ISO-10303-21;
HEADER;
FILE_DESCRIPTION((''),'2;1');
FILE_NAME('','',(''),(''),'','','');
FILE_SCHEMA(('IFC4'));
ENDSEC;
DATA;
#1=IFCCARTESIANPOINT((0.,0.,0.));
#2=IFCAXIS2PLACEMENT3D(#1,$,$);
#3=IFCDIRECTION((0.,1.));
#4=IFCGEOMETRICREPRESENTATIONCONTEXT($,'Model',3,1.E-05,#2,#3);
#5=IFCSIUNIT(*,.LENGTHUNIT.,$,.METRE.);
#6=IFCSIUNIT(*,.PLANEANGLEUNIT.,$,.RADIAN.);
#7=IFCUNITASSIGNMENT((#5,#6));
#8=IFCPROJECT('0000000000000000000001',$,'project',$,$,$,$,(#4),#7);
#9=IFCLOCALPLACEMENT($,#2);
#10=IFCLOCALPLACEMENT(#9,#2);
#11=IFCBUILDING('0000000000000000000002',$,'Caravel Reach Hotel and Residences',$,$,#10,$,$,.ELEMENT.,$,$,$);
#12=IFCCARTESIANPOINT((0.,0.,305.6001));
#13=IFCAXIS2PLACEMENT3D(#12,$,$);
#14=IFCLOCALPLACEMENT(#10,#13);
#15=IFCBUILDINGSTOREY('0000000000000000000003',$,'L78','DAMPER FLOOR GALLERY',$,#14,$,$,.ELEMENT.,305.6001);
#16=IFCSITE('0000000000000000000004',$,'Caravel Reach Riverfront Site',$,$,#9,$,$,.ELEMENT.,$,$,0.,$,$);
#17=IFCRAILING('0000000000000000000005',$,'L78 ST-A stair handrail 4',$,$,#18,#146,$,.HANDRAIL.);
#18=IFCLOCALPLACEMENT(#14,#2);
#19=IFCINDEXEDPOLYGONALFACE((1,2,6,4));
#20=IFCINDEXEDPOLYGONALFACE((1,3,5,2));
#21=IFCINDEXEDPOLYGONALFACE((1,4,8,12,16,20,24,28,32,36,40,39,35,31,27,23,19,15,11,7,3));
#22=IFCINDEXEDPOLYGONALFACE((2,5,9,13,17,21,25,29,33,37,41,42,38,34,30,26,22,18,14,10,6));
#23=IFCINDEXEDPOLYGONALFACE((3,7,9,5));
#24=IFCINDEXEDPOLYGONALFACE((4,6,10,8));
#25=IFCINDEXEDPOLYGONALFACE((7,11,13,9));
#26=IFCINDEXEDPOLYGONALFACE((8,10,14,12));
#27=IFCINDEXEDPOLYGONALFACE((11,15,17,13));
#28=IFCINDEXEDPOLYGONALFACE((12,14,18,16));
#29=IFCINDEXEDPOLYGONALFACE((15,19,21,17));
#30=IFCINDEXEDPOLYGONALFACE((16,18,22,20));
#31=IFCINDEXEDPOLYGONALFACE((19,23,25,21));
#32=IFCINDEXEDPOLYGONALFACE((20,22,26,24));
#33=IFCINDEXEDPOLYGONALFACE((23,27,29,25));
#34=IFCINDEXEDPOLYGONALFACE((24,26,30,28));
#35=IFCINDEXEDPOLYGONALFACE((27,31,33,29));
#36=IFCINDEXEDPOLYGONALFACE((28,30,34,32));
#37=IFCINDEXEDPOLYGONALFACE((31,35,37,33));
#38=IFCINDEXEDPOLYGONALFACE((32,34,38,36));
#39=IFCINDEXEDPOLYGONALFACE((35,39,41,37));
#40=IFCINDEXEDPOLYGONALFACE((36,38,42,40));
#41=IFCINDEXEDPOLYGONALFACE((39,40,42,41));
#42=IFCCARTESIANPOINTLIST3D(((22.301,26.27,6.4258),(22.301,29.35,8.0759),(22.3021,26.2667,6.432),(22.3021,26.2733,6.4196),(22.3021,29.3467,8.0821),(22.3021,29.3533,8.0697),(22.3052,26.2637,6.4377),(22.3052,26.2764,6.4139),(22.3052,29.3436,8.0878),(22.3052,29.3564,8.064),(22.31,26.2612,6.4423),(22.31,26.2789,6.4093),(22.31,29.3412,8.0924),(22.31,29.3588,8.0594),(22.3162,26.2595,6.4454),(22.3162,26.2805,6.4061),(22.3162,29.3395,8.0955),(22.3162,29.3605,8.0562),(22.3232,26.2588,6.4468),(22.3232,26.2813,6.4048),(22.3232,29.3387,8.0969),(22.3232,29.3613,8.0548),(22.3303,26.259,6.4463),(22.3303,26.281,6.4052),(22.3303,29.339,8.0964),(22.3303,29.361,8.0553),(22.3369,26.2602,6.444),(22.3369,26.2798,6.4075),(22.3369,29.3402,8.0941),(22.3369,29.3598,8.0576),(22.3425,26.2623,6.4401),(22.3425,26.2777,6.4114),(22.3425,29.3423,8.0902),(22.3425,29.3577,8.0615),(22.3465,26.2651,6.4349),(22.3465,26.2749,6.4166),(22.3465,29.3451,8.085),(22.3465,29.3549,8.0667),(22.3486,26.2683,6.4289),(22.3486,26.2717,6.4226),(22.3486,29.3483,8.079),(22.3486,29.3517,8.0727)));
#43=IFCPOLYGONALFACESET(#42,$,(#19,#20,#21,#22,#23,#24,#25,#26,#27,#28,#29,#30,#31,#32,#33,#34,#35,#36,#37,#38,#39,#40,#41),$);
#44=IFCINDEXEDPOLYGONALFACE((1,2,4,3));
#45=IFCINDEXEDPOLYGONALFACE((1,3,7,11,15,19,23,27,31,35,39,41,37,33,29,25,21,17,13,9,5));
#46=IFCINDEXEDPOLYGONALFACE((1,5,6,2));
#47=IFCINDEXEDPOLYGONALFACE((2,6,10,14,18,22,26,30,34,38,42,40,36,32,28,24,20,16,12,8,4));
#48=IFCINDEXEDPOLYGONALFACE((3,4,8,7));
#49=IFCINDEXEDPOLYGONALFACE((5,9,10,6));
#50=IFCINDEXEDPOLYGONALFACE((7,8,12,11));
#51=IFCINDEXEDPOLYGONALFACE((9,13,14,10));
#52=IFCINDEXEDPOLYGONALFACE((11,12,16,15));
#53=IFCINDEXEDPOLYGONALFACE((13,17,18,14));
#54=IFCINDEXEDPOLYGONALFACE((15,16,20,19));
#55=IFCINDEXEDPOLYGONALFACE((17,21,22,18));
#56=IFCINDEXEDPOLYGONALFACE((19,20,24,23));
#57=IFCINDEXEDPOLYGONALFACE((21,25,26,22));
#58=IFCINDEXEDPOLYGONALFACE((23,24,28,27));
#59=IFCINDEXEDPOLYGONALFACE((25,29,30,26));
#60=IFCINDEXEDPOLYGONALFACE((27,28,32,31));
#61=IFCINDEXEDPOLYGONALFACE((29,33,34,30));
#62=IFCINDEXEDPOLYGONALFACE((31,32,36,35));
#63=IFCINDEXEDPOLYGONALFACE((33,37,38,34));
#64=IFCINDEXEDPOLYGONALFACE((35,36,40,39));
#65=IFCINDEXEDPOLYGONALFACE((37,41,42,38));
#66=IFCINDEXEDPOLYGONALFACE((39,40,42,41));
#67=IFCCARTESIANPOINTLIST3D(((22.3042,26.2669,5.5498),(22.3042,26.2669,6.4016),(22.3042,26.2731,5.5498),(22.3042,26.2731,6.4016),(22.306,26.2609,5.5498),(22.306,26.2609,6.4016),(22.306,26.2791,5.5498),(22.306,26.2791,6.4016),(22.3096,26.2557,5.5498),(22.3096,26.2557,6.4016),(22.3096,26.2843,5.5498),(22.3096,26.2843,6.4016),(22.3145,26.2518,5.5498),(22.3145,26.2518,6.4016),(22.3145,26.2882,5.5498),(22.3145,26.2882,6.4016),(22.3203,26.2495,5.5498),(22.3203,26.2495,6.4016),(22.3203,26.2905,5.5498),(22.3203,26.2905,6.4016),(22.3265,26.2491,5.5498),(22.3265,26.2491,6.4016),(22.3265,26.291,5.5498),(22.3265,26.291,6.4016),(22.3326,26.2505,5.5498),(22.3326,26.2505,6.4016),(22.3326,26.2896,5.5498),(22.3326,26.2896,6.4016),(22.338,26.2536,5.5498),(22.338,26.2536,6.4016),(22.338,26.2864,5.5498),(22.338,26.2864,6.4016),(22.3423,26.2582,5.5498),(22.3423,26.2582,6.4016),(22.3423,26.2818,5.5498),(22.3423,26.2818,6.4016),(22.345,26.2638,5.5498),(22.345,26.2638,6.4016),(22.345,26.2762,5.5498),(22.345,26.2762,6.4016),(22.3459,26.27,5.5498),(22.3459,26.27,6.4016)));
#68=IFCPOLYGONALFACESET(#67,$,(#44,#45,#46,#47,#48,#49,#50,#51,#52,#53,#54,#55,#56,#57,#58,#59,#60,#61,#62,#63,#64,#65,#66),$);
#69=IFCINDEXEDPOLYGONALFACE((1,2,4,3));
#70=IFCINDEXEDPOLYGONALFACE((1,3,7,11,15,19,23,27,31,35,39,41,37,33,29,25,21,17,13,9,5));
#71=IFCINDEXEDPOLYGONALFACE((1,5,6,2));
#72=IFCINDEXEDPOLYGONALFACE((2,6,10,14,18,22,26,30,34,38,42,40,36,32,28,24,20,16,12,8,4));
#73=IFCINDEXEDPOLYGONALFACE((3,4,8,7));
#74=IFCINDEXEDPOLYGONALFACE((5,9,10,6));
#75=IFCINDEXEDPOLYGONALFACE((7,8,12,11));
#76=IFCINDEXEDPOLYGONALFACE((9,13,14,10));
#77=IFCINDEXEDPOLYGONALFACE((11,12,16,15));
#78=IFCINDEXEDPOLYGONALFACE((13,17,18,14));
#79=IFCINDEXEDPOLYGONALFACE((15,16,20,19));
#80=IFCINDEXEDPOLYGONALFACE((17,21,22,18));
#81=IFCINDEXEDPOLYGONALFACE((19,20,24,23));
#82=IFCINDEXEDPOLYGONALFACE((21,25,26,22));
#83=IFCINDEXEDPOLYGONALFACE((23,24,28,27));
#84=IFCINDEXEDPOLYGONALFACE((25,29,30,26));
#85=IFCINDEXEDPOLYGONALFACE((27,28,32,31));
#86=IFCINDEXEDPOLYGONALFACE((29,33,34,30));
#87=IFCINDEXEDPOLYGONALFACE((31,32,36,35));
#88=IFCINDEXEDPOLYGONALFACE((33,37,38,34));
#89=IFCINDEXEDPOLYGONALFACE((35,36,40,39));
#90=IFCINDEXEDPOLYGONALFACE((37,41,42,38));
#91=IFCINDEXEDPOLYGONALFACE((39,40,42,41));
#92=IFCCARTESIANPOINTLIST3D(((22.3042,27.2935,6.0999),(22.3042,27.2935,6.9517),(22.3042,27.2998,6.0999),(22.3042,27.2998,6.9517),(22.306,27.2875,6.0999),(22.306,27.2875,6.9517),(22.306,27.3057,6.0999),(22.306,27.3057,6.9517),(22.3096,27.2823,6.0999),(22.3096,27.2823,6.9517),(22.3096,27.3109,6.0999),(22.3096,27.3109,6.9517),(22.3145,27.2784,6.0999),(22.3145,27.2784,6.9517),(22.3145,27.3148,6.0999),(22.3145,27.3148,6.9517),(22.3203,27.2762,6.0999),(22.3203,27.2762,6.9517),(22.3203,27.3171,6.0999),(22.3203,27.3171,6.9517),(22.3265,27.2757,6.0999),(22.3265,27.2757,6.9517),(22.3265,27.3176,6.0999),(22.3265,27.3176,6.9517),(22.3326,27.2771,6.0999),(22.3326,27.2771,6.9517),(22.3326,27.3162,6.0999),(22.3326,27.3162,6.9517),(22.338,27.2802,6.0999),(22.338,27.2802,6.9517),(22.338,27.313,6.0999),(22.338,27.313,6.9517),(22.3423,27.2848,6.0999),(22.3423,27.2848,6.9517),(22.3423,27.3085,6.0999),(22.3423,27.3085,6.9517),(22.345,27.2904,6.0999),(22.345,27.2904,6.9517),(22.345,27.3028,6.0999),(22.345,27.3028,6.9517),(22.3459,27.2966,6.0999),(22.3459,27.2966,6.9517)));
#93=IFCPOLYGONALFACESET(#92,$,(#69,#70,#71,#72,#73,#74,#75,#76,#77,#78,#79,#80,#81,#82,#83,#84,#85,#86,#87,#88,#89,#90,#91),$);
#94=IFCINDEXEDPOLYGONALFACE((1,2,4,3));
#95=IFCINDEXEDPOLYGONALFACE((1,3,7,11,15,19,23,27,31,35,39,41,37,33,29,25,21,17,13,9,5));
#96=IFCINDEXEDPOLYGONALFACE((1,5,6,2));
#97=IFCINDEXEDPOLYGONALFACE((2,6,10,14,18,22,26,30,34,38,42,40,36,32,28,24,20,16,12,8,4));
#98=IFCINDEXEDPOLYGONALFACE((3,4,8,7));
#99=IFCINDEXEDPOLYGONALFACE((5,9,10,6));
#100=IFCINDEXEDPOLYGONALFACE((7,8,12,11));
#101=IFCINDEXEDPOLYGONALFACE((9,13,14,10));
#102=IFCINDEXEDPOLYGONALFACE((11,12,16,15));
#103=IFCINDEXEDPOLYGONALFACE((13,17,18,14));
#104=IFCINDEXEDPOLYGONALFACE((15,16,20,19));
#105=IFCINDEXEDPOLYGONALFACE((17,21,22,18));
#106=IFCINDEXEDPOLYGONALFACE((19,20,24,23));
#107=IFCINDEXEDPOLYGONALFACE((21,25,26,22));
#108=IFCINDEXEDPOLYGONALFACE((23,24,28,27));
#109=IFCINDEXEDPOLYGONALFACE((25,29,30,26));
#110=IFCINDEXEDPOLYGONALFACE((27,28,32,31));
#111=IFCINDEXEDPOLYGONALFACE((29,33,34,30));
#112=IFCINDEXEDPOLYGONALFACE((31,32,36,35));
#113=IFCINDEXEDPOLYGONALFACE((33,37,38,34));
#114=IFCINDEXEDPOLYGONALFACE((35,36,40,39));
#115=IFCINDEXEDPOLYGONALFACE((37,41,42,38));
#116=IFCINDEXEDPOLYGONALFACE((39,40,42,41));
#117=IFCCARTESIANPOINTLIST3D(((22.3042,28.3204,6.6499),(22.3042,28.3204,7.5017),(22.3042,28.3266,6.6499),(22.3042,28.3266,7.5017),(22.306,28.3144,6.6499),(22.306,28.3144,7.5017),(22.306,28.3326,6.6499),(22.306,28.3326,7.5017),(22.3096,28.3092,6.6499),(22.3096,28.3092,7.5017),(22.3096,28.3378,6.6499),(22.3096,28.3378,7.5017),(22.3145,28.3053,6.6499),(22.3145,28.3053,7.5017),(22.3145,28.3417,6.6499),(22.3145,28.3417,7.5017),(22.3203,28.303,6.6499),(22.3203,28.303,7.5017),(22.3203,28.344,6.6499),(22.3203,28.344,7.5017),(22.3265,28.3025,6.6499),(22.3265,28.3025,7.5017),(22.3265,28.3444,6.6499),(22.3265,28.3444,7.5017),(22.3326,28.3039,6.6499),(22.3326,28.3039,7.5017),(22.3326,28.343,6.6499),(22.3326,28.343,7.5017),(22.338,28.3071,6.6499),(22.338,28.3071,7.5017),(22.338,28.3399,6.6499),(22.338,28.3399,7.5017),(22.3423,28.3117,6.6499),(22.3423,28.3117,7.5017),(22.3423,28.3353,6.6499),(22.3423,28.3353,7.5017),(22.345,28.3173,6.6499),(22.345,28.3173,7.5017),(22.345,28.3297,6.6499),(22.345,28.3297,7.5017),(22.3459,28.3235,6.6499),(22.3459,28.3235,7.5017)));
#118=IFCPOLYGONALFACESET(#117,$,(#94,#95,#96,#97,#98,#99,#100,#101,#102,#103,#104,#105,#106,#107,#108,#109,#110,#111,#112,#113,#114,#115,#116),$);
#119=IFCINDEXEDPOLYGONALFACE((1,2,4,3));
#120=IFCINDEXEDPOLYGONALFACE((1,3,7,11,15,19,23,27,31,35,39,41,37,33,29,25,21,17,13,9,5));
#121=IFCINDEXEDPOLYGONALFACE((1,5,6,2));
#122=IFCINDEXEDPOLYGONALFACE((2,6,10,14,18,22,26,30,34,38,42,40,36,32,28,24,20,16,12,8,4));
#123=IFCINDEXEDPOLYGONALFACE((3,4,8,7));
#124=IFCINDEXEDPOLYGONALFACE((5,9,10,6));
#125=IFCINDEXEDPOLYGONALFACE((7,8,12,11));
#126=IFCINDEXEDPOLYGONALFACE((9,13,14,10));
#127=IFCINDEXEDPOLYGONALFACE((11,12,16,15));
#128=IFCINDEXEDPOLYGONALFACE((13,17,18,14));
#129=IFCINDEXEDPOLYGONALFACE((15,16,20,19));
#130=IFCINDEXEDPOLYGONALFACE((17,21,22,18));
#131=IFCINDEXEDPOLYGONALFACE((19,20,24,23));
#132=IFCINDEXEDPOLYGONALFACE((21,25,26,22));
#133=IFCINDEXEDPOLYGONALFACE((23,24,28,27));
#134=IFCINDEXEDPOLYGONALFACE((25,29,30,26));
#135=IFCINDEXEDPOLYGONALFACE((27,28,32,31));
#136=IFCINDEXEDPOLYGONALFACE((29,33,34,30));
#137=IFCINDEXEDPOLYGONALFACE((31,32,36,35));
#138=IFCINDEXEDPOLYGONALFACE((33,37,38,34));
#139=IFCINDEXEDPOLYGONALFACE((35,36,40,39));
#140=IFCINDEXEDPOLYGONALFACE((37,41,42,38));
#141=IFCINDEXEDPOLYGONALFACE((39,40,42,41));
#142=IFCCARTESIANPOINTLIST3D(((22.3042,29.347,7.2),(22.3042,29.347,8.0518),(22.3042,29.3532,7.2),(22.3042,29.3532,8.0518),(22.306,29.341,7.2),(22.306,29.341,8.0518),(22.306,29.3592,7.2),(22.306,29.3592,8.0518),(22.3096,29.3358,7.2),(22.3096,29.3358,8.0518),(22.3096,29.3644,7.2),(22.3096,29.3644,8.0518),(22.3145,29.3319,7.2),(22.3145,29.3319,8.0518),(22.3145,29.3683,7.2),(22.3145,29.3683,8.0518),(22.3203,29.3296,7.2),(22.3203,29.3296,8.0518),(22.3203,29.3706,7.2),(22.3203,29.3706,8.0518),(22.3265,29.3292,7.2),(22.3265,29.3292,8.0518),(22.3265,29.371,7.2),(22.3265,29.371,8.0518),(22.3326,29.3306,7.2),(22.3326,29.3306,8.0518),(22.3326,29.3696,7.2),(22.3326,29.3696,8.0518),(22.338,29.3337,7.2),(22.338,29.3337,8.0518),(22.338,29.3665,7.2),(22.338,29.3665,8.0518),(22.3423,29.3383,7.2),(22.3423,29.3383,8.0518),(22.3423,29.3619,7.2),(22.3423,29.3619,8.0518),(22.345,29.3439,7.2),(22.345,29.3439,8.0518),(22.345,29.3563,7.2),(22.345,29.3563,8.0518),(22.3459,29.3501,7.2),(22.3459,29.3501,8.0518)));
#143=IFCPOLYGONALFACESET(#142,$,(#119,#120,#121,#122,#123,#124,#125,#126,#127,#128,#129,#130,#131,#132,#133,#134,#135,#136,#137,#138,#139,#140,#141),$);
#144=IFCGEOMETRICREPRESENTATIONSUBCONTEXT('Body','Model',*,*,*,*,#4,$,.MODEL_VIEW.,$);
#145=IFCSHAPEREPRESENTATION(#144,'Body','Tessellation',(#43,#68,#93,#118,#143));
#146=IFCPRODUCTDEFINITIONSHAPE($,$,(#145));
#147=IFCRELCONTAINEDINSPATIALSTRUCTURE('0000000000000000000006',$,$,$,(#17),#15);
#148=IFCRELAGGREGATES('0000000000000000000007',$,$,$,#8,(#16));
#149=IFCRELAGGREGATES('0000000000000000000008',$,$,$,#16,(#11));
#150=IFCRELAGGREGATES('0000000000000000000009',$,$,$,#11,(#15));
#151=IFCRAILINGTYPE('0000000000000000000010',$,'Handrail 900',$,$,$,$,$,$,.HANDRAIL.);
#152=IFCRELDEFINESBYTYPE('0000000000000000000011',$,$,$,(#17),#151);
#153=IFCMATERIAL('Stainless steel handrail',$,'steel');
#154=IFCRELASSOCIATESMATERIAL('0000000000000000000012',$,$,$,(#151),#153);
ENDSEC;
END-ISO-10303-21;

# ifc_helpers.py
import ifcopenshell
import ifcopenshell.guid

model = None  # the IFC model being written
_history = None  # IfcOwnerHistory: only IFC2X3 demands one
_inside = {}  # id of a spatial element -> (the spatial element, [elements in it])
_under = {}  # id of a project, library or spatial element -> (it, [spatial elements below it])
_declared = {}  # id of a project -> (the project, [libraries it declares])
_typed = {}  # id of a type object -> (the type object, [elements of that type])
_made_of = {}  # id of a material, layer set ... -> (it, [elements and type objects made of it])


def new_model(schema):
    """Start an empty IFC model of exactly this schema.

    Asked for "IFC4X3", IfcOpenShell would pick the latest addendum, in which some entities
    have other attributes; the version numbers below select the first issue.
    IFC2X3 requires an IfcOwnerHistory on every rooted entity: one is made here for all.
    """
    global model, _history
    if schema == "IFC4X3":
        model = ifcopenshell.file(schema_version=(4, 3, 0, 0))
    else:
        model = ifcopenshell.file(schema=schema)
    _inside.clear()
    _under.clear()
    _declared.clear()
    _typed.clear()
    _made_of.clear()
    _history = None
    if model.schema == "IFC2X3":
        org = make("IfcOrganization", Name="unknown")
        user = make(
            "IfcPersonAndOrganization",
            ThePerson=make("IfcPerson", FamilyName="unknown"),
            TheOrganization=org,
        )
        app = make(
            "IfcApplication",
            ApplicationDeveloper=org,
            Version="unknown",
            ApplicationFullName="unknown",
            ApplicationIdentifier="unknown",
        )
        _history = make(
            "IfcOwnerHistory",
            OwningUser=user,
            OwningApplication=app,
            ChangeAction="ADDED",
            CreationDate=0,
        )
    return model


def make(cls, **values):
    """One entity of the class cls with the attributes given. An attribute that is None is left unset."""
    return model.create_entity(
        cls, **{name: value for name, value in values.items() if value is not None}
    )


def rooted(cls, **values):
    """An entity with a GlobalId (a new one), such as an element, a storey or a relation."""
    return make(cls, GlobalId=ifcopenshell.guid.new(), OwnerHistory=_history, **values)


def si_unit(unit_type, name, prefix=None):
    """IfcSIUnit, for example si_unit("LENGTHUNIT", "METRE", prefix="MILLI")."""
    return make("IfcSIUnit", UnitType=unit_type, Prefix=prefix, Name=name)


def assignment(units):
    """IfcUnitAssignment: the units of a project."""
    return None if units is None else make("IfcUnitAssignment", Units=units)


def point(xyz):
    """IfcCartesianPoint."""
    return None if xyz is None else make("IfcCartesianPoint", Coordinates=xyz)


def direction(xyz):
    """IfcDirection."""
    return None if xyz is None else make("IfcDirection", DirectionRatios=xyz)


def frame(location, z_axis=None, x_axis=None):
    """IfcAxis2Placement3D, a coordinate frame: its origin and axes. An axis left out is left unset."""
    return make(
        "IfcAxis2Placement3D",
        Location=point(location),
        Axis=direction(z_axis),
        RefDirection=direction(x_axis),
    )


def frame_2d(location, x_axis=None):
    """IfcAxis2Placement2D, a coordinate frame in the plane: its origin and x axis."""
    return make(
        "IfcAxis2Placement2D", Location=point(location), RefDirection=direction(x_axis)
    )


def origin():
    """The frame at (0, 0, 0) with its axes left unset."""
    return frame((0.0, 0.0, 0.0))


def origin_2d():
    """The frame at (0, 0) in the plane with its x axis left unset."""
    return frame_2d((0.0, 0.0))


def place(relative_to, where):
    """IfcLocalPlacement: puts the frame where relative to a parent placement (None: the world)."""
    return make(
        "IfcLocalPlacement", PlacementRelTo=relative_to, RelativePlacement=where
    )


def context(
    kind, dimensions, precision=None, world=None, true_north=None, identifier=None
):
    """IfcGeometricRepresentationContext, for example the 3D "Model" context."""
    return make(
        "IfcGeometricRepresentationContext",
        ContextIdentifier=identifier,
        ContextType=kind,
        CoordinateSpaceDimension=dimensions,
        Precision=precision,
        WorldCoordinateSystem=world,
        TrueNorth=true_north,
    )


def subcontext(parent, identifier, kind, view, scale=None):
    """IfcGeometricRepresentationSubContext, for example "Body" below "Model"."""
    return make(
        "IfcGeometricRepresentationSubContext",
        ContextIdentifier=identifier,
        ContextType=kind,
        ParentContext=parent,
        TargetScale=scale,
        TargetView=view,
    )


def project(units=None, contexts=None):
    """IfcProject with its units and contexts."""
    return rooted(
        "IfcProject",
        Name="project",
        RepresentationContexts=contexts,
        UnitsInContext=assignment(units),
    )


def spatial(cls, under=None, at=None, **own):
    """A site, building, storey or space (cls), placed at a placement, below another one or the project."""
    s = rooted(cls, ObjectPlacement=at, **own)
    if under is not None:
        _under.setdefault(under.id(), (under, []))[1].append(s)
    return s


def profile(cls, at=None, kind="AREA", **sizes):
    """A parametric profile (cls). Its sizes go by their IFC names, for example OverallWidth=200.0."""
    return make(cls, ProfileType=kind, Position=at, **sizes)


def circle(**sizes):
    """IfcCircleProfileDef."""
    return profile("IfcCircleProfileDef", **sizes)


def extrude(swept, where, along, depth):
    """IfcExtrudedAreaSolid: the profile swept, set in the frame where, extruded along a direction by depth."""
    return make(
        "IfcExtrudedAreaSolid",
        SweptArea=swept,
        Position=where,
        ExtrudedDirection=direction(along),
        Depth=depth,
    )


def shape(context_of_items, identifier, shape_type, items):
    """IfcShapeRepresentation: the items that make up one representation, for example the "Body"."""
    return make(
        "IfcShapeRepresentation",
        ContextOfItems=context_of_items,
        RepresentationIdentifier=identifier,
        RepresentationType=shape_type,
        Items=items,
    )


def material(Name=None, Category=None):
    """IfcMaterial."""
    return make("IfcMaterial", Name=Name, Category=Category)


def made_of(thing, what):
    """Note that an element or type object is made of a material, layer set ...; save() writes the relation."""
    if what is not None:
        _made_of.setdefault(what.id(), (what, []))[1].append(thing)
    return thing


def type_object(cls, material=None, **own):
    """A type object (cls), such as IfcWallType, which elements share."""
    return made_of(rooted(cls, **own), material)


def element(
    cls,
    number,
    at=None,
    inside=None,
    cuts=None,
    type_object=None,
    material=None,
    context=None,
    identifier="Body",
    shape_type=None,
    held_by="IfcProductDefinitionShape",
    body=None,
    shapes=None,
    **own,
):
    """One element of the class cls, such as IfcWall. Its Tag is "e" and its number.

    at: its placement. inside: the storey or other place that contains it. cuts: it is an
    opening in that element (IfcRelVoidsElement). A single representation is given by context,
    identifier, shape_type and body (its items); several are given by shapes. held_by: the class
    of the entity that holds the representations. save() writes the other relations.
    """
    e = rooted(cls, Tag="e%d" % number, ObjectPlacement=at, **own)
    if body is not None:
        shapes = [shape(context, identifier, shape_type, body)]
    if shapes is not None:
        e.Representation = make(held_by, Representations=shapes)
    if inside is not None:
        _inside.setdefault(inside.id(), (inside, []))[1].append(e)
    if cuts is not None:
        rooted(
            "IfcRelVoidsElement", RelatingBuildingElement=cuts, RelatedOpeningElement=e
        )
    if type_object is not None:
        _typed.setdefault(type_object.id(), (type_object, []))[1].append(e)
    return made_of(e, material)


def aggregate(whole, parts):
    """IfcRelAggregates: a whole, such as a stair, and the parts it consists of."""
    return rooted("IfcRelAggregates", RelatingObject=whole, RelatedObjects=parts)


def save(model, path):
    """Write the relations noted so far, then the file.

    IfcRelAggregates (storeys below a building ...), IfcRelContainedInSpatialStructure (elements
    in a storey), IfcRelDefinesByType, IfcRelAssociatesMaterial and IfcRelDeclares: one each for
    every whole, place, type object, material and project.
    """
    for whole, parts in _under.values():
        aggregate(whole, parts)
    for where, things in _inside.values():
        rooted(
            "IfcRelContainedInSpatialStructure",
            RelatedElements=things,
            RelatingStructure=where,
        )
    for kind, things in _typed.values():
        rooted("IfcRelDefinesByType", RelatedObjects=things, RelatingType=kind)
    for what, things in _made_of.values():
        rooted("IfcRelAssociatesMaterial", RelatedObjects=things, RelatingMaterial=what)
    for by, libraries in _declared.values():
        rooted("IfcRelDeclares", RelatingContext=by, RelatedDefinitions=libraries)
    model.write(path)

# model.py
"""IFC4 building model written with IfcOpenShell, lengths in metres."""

from ifc_helpers import new_model, si_unit, direction, frame, origin, origin_2d, place, context, subcontext, project, spatial, circle, extrude, material, type_object, element, save


model = new_model("IFC4")

# Units and contexts
model_context = context("Model", 3, precision=1e-05, world=origin(), true_north=direction((0.0, 1.0)))
body_context = subcontext(model_context, "Body", "Model", "MODEL_VIEW")
ifc_project = project(units=[si_unit("LENGTHUNIT", "METRE"), si_unit("PLANEANGLEUNIT", "RADIAN")], contexts=[model_context])

# Site, building, storey
site_placement = place(None, origin())
site = spatial("IfcSite", under=ifc_project, at=site_placement, Name="Caravel Reach Riverfront Site", CompositionType="ELEMENT", RefElevation=0.0)
building_placement = place(site_placement, origin())
building = spatial("IfcBuilding", under=site, at=building_placement, Name="Caravel Reach Hotel and Residences", CompositionType="ELEMENT")
storey_placement = place(building_placement, frame((0.0, 0.0, 305.6001)))
storey = spatial("IfcBuildingStorey", under=building, at=storey_placement, Name="L78", Description="DAMPER FLOOR GALLERY", CompositionType="ELEMENT", Elevation=305.6001)

# Railing
ifc_material_1 = material(Name="Stainless steel handrail", Category="steel")
railing_type_1 = type_object("IfcRailingType", Name="Handrail 900", PredefinedType="HANDRAIL", material=ifc_material_1)
railing_1_placement = place(storey_placement, frame((22.325, 26.27, 5.5498)))
element("IfcRailing", 1, at=railing_1_placement, inside=storey, type_object=railing_type_1, Name="L78 ST-A stair handrail 4", PredefinedType="HANDRAIL", context=body_context, shape_type="SweptSolid", body=[
    extrude(circle(Radius=0.0239, at=origin_2d()), frame((0.0, 0.0, 0.876), z_axis=(0.0, 0.881468, 0.472245), x_axis=(-1.0, 0.0, 0.0)), (0.0, 0.0, 1.0), 3.4941),
    extrude(circle(Radius=0.021, at=origin_2d()), origin(), (0.0, 0.0, 1.0), 0.8518),
    extrude(circle(Radius=0.021, at=origin_2d()), frame((0.0, 1.0266, 0.55)), (0.0, 0.0, 1.0), 0.8518),
    extrude(circle(Radius=0.021, at=origin_2d()), frame((0.0, 2.0535, 1.1001)), (0.0, 0.0, 1.0), 0.8518),
    extrude(circle(Radius=0.021, at=origin_2d()), frame((0.0, 3.0801, 1.6501)), (0.0, 0.0, 1.0), 0.8518),
])

save(model, "model.ifc")
